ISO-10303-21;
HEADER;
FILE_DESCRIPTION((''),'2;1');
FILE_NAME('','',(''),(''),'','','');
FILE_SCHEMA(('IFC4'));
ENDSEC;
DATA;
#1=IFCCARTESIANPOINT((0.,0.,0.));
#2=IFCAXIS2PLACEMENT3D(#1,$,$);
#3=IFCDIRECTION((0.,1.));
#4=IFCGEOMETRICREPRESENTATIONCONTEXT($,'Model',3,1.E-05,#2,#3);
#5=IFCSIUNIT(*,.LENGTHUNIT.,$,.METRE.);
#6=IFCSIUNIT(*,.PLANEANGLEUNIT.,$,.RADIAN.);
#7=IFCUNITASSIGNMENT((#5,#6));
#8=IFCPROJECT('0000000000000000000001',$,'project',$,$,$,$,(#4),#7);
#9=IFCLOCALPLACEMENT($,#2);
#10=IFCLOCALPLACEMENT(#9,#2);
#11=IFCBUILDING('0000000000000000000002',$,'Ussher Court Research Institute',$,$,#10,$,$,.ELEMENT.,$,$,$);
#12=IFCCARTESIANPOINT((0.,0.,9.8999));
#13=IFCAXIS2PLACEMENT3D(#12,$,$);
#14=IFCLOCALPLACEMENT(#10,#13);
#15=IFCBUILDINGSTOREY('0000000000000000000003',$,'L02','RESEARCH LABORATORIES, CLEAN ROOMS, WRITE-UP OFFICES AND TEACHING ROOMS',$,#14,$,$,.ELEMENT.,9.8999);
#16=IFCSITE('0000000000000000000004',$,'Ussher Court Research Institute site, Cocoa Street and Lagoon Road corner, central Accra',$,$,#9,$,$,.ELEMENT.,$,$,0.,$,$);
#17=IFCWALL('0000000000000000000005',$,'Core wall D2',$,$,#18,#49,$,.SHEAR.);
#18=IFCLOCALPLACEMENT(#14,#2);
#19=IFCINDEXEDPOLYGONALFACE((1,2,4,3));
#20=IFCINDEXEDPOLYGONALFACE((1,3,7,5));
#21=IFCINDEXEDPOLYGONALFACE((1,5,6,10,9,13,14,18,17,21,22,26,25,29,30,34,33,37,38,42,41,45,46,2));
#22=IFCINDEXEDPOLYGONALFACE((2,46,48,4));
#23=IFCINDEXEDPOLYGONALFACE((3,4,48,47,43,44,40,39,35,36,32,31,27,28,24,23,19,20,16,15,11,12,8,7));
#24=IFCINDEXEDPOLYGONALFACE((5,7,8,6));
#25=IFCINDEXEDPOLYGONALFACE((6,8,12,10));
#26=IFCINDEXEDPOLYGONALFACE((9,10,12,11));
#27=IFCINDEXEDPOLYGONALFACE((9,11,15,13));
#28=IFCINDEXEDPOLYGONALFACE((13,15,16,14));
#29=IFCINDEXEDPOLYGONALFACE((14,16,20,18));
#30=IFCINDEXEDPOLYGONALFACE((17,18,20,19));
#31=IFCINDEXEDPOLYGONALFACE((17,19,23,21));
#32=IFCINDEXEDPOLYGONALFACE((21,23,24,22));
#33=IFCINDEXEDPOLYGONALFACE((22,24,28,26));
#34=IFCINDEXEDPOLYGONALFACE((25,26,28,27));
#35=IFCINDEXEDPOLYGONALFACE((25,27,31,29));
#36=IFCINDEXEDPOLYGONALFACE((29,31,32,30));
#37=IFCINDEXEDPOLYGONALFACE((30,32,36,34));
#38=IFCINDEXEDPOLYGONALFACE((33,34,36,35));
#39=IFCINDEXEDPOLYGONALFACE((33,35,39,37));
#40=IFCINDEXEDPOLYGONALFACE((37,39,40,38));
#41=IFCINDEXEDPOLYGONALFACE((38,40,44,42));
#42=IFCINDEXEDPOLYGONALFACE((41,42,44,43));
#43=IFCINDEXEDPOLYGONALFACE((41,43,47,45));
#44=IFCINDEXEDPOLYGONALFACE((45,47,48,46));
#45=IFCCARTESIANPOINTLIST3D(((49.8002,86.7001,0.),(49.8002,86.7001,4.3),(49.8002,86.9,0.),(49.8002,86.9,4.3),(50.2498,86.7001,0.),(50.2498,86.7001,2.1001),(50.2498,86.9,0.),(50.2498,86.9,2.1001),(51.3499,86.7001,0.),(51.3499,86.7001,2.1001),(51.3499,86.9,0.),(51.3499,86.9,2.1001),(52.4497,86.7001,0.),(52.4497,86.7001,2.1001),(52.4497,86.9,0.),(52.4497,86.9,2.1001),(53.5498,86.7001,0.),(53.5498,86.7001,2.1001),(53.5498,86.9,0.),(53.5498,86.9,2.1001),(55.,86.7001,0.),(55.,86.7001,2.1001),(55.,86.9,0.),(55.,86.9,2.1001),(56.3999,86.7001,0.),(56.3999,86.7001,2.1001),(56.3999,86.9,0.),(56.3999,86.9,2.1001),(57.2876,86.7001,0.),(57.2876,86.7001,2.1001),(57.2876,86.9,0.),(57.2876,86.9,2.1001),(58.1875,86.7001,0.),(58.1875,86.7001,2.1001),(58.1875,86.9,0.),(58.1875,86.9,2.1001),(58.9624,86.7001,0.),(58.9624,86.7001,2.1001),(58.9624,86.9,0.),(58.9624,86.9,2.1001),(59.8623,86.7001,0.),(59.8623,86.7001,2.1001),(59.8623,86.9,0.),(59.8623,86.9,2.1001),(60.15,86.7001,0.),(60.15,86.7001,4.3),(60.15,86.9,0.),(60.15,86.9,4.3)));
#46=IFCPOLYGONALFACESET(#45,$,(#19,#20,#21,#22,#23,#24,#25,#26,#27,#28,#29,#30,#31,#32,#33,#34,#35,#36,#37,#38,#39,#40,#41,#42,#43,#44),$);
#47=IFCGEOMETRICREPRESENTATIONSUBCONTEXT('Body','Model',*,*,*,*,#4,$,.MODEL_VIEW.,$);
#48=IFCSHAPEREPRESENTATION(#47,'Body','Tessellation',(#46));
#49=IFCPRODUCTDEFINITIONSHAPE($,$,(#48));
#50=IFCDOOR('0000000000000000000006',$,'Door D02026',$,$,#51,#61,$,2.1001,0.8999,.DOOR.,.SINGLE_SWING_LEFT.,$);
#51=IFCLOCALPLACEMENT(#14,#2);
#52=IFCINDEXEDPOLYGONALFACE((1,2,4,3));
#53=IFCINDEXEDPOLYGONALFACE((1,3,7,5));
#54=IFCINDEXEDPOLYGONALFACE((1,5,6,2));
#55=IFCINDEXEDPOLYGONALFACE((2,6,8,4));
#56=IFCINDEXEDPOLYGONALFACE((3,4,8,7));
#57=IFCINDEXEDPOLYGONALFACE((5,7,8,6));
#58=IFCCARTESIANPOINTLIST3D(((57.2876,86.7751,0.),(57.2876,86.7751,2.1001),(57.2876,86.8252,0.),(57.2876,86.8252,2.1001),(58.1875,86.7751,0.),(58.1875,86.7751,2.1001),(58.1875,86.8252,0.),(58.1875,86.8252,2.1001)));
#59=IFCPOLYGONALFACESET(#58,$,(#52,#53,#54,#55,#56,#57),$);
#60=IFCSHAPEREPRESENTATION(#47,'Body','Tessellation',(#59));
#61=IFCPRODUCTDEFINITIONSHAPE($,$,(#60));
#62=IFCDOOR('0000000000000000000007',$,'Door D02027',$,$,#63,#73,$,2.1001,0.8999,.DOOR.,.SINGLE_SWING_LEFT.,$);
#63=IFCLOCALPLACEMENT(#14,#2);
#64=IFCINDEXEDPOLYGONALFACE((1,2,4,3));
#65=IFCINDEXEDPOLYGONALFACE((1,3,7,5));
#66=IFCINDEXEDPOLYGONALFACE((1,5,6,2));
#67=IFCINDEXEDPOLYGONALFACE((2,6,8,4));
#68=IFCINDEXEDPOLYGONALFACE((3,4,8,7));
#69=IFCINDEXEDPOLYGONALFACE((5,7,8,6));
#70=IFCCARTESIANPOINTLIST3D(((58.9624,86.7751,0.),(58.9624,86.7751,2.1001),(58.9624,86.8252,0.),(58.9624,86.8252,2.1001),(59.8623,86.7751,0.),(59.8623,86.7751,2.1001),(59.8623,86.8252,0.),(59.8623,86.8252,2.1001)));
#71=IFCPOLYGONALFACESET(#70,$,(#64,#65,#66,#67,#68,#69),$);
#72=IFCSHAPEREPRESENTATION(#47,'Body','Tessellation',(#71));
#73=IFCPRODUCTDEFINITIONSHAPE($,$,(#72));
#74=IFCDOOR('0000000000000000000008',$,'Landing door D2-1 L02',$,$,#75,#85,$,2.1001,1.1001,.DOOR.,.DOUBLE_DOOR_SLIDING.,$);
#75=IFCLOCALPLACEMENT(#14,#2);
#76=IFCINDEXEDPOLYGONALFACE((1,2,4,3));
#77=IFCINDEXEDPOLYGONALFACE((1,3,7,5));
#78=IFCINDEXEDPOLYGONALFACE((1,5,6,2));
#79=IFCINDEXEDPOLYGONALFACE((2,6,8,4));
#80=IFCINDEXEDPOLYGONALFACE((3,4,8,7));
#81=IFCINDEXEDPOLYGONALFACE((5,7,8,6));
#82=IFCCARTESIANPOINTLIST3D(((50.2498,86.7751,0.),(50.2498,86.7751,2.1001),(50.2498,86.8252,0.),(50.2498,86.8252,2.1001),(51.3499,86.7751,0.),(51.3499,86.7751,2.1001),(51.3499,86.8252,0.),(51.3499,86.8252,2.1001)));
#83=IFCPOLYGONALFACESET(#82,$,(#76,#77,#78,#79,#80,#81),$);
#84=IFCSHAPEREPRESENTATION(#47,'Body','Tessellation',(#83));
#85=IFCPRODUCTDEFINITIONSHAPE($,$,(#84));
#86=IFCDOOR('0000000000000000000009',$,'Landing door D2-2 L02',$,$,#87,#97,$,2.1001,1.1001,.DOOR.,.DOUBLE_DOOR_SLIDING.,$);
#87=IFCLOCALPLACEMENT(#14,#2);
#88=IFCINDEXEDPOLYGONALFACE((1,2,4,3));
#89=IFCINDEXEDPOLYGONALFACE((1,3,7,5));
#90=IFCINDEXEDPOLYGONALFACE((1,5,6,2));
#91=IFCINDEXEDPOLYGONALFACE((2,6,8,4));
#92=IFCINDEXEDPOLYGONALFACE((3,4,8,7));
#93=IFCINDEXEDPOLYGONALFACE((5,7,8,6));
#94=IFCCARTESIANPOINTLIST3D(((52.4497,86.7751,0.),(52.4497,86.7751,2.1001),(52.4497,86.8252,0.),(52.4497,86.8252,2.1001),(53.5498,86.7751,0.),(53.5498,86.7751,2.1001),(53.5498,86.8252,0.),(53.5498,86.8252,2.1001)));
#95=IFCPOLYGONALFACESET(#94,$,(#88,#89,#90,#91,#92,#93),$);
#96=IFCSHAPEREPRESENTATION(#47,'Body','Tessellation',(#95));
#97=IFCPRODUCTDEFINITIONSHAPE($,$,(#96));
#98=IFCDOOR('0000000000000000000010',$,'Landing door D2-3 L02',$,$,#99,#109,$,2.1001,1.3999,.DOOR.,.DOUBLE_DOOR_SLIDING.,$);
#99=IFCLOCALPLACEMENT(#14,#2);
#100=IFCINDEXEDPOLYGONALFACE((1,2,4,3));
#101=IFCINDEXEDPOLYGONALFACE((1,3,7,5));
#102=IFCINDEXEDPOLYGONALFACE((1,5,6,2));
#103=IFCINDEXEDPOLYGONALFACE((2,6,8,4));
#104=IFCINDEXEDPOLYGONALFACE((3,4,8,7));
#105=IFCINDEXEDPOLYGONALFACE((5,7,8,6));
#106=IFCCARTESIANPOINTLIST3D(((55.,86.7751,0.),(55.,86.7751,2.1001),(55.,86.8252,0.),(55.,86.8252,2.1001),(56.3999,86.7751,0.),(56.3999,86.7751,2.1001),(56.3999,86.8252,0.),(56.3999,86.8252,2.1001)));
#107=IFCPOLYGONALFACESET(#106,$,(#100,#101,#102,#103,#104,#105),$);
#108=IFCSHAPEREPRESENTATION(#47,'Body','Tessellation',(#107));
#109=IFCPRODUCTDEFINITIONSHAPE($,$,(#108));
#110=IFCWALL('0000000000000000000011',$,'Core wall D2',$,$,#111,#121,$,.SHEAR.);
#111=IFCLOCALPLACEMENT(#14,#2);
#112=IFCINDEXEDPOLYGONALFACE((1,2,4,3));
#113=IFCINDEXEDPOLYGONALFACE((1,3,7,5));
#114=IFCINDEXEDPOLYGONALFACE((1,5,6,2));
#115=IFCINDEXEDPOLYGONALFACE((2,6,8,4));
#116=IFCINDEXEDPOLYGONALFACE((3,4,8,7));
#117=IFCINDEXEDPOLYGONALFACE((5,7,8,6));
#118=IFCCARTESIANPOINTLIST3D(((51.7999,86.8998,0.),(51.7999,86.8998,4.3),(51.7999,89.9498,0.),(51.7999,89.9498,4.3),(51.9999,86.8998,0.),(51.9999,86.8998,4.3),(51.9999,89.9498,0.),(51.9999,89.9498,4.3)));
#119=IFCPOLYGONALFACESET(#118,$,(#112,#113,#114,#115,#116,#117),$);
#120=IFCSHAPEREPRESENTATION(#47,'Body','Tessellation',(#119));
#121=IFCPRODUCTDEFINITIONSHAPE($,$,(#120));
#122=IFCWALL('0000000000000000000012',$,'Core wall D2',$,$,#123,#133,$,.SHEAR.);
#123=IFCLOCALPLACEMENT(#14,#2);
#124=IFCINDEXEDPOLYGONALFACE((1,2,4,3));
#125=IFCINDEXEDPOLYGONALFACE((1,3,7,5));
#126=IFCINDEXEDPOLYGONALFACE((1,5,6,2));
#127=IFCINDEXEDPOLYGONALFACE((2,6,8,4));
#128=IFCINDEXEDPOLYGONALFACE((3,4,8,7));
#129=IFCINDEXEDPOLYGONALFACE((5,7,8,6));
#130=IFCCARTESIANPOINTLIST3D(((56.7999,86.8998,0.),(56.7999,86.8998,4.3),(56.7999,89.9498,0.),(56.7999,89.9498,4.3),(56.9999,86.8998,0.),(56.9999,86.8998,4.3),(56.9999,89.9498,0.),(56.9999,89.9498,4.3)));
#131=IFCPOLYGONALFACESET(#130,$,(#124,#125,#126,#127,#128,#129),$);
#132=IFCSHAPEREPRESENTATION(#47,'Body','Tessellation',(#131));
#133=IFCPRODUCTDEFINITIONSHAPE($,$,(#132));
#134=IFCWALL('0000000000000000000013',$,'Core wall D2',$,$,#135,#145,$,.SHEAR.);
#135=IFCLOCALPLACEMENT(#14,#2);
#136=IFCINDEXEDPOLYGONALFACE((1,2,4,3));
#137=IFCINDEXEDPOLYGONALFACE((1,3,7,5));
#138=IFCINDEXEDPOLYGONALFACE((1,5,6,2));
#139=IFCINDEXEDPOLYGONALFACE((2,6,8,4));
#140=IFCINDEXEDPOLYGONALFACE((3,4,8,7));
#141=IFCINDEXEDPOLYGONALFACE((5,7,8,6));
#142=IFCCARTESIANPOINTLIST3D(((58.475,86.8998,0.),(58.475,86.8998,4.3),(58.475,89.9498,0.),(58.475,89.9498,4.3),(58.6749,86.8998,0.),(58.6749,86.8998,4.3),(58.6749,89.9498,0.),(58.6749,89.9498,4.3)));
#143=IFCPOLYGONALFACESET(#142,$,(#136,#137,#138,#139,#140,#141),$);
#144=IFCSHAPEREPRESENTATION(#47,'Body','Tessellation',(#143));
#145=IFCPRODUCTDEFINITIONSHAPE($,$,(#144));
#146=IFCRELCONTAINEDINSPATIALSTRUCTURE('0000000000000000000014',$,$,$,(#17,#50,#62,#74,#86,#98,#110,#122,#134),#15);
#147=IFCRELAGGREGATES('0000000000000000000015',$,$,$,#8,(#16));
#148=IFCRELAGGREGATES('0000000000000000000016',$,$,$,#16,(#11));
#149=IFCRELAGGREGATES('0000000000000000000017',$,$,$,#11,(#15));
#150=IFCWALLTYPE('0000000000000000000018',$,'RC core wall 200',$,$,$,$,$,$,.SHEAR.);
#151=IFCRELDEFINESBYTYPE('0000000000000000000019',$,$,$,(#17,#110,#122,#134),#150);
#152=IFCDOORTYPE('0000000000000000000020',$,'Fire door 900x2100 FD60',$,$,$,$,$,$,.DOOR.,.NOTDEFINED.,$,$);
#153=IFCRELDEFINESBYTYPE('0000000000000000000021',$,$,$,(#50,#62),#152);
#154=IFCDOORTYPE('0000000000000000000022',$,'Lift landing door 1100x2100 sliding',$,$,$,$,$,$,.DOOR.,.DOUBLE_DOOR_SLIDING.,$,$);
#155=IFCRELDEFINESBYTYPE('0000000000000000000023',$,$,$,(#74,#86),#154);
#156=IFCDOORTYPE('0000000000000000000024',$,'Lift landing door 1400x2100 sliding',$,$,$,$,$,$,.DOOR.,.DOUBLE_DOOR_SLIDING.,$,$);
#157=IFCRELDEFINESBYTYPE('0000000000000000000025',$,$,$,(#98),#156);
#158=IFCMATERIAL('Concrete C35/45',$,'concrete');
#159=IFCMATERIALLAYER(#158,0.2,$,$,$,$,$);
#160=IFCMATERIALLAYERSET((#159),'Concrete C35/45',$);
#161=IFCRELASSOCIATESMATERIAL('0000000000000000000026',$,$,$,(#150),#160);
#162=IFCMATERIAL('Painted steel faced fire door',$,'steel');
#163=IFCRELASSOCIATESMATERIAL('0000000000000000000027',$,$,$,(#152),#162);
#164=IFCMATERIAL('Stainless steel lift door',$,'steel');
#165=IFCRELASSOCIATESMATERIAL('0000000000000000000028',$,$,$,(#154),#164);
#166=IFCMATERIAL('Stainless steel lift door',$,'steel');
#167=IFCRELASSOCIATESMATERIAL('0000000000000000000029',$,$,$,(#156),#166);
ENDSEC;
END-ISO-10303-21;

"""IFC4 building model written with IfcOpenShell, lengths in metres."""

from ifc_helpers import new_model, si_unit, direction, frame, frame_2d, origin, place, context, subcontext, project, spatial, rectangle, extrude, material, layer, layer_set, type_object, element, fill, save


model = new_model("IFC4")

# Units and contexts
model_context = context("Model", 3, precision=1e-05, world=origin(), true_north=direction((0.0, 1.0)))
body_context = subcontext(model_context, "Body", "Model", "MODEL_VIEW")
ifc_project = project(units=[si_unit("LENGTHUNIT", "METRE"), si_unit("PLANEANGLEUNIT", "RADIAN")], contexts=[model_context])

# Site, building, storey
site_placement = place(None, origin())
site = spatial("IfcSite", under=ifc_project, at=site_placement, Name="Ussher Court Research Institute site, Cocoa Street and Lagoon Road corner, central Accra", CompositionType="ELEMENT", RefElevation=0.0)
building_placement = place(site_placement, origin())
building = spatial("IfcBuilding", under=site, at=building_placement, Name="Ussher Court Research Institute", CompositionType="ELEMENT")
storey_placement = place(building_placement, frame((0.0, 0.0, 9.8999)))
storey = spatial("IfcBuildingStorey", under=building, at=storey_placement, Name="L02", Description="RESEARCH LABORATORIES, CLEAN ROOMS, WRITE-UP OFFICES AND TEACHING ROOMS", CompositionType="ELEMENT", Elevation=9.8999)

# Shared definitions
ifc_material_1 = material(Name="Concrete C35/45", Category="concrete")
ifc_layer_1 = layer(ifc_material_1, 0.2)
ifc_layer_set_1 = layer_set([ifc_layer_1], Name="Concrete C35/45")
wall_type_1 = type_object("IfcWallType", Name="RC core wall 200", PredefinedType="SHEAR", material=ifc_layer_set_1)

# Wall, openings, doors
wall_1_placement = place(storey_placement, frame((60.1499, 86.8, 0.0), z_axis=(0.0, 0.0, 1.0), x_axis=(-1.0, 0.0, 0.0)))
wall_1 = element("IfcWall", 1, at=wall_1_placement, inside=storey, type_object=wall_type_1, Name="Core wall D2", PredefinedType="SHEAR", context=body_context, shape_type="SweptSolid", body=[
    extrude(rectangle(XDim=10.3499, YDim=0.2, at=frame_2d((5.1748, 0.0))), origin(), (0.0, 0.0, 1.0), 4.3),
])
opening_1_placement = place(wall_1_placement, frame((8.8, 0.0, 0.0)))
opening_1 = element("IfcOpeningElement", 2, at=opening_1_placement, cuts=wall_1, PredefinedType="OPENING", context=body_context, shape_type="SweptSolid", body=[
    extrude(rectangle(XDim=1.1001, YDim=2.1001, at=frame_2d((0.55, 1.05))), frame((0.0, 0.1099, 0.0), z_axis=(0.0, -1.0, 0.0), x_axis=(1.0, 0.0, 0.0)), (0.0, 0.0, 1.0), 0.22),
])
opening_2_placement = place(wall_1_placement, frame((6.6001, 0.0, 0.0)))
opening_2 = element("IfcOpeningElement", 3, at=opening_2_placement, cuts=wall_1, PredefinedType="OPENING", context=body_context, shape_type="SweptSolid", body=[
    extrude(rectangle(XDim=1.1001, YDim=2.1001, at=frame_2d((0.55, 1.05))), frame((0.0, 0.1099, 0.0), z_axis=(0.0, -1.0, 0.0), x_axis=(1.0, 0.0, 0.0)), (0.0, 0.0, 1.0), 0.22),
])
opening_3_placement = place(wall_1_placement, frame((3.75, 0.0, 0.0)))
opening_3 = element("IfcOpeningElement", 4, at=opening_3_placement, cuts=wall_1, PredefinedType="OPENING", context=body_context, shape_type="SweptSolid", body=[
    extrude(rectangle(XDim=1.3999, YDim=2.1001, at=frame_2d((0.7, 1.05))), frame((0.0, 0.1099, 0.0), z_axis=(0.0, -1.0, 0.0), x_axis=(1.0, 0.0, 0.0)), (0.0, 0.0, 1.0), 0.22),
])
opening_4_placement = place(wall_1_placement, frame((1.9624, 0.0, 0.0)))
opening_4 = element("IfcOpeningElement", 5, at=opening_4_placement, cuts=wall_1, PredefinedType="OPENING", context=body_context, shape_type="SweptSolid", body=[
    extrude(rectangle(XDim=0.8999, YDim=2.1001, at=frame_2d((0.45, 1.05))), frame((0.0, 0.1099, 0.0), z_axis=(0.0, -1.0, 0.0), x_axis=(1.0, 0.0, 0.0)), (0.0, 0.0, 1.0), 0.22),
])
opening_5_placement = place(wall_1_placement, frame((0.2876, 0.0, 0.0)))
opening_5 = element("IfcOpeningElement", 6, at=opening_5_placement, cuts=wall_1, PredefinedType="OPENING", context=body_context, shape_type="SweptSolid", body=[
    extrude(rectangle(XDim=0.8999, YDim=2.1001, at=frame_2d((0.45, 1.05))), frame((0.0, 0.1099, 0.0), z_axis=(0.0, -1.0, 0.0), x_axis=(1.0, 0.0, 0.0)), (0.0, 0.0, 1.0), 0.22),
])
ifc_material_2 = material(Name="Painted steel faced fire door", Category="steel")
door_type_1 = type_object("IfcDoorType", Name="Fire door 900x2100 FD60", OperationType="NOTDEFINED", PredefinedType="DOOR", material=ifc_material_2)
door_1_placement = place(opening_4_placement, origin())
door_1 = element("IfcDoor", 7, at=door_1_placement, inside=storey, type_object=door_type_1, Name="Door D02026", OperationType="SINGLE_SWING_LEFT", OverallHeight=2.1001, OverallWidth=0.8999, PredefinedType="DOOR", context=body_context, shape_type="SweptSolid", body=[
    extrude(rectangle(XDim=0.8999, YDim=2.1001, at=frame_2d((0.45, 1.05))), frame((0.0, 0.0249, 0.0), z_axis=(0.0, -1.0, 0.0), x_axis=(1.0, 0.0, 0.0)), (0.0, 0.0, 1.0), 0.05),
])
fill(opening_4, door_1)
door_2_placement = place(opening_5_placement, origin())
door_2 = element("IfcDoor", 8, at=door_2_placement, inside=storey, type_object=door_type_1, Name="Door D02027", OperationType="SINGLE_SWING_LEFT", OverallHeight=2.1001, OverallWidth=0.8999, PredefinedType="DOOR", context=body_context, shape_type="SweptSolid", body=[
    extrude(rectangle(XDim=0.8999, YDim=2.1001, at=frame_2d((0.45, 1.05))), frame((0.0, 0.0249, 0.0), z_axis=(0.0, -1.0, 0.0), x_axis=(1.0, 0.0, 0.0)), (0.0, 0.0, 1.0), 0.05),
])
fill(opening_5, door_2)
ifc_material_3 = material(Name="Stainless steel lift door", Category="steel")
door_type_2 = type_object("IfcDoorType", Name="Lift landing door 1100x2100 sliding", OperationType="DOUBLE_DOOR_SLIDING", PredefinedType="DOOR", material=ifc_material_3)
door_3_placement = place(opening_1_placement, origin())
door_3 = element("IfcDoor", 9, at=door_3_placement, inside=storey, type_object=door_type_2, Name="Landing door D2-1 L02", OperationType="DOUBLE_DOOR_SLIDING", OverallHeight=2.1001, OverallWidth=1.1001, PredefinedType="DOOR", context=body_context, shape_type="SweptSolid", body=[
    extrude(rectangle(XDim=1.1001, YDim=2.1001, at=frame_2d((0.55, 1.05))), frame((0.0, 0.0249, 0.0), z_axis=(0.0, -1.0, 0.0), x_axis=(1.0, 0.0, 0.0)), (0.0, 0.0, 1.0), 0.05),
])
fill(opening_1, door_3)
door_4_placement = place(opening_2_placement, origin())
door_4 = element("IfcDoor", 10, at=door_4_placement, inside=storey, type_object=door_type_2, Name="Landing door D2-2 L02", OperationType="DOUBLE_DOOR_SLIDING", OverallHeight=2.1001, OverallWidth=1.1001, PredefinedType="DOOR", context=body_context, shape_type="SweptSolid", body=[
    extrude(rectangle(XDim=1.1001, YDim=2.1001, at=frame_2d((0.55, 1.05))), frame((0.0, 0.0249, 0.0), z_axis=(0.0, -1.0, 0.0), x_axis=(1.0, 0.0, 0.0)), (0.0, 0.0, 1.0), 0.05),
])
fill(opening_2, door_4)
ifc_material_4 = material(Name="Stainless steel lift door", Category="steel")
door_type_3 = type_object("IfcDoorType", Name="Lift landing door 1400x2100 sliding", OperationType="DOUBLE_DOOR_SLIDING", PredefinedType="DOOR", material=ifc_material_4)
door_5_placement = place(opening_3_placement, origin())
door_5 = element("IfcDoor", 11, at=door_5_placement, inside=storey, type_object=door_type_3, Name="Landing door D2-3 L02", OperationType="DOUBLE_DOOR_SLIDING", OverallHeight=2.1001, OverallWidth=1.3999, PredefinedType="DOOR", context=body_context, shape_type="SweptSolid", body=[
    extrude(rectangle(XDim=1.3999, YDim=2.1001, at=frame_2d((0.7, 1.05))), frame((0.0, 0.0249, 0.0), z_axis=(0.0, -1.0, 0.0), x_axis=(1.0, 0.0, 0.0)), (0.0, 0.0, 1.0), 0.05),
])
fill(opening_3, door_5)

# Walls
for number, where, z_axis, x_axis, name in (
    (12, (51.8999, 86.8999, 0.0), (0.0, 0.0, 1.0), (0.0, 1.0, 0.0), "Core wall D2"),
    (13, (56.8999, 86.8999, 0.0), (0.0, 0.0, 1.0), (0.0, 1.0, 0.0), "Core wall D2"),
    (14, (58.575, 86.8999, 0.0), (0.0, 0.0, 1.0), (0.0, 1.0, 0.0), "Core wall D2"),
):
    element("IfcWall", number, at=place(storey_placement, frame(where, z_axis=z_axis, x_axis=x_axis)), inside=storey, type_object=wall_type_1, Name=name, PredefinedType="SHEAR", context=body_context, shape_type="SweptSolid", body=[
        extrude(rectangle(XDim=3.05, YDim=0.2, at=frame_2d((1.5249, 0.0))), origin(), (0.0, 0.0, 1.0), 4.3),
    ])

save(model, "model.ifc")
